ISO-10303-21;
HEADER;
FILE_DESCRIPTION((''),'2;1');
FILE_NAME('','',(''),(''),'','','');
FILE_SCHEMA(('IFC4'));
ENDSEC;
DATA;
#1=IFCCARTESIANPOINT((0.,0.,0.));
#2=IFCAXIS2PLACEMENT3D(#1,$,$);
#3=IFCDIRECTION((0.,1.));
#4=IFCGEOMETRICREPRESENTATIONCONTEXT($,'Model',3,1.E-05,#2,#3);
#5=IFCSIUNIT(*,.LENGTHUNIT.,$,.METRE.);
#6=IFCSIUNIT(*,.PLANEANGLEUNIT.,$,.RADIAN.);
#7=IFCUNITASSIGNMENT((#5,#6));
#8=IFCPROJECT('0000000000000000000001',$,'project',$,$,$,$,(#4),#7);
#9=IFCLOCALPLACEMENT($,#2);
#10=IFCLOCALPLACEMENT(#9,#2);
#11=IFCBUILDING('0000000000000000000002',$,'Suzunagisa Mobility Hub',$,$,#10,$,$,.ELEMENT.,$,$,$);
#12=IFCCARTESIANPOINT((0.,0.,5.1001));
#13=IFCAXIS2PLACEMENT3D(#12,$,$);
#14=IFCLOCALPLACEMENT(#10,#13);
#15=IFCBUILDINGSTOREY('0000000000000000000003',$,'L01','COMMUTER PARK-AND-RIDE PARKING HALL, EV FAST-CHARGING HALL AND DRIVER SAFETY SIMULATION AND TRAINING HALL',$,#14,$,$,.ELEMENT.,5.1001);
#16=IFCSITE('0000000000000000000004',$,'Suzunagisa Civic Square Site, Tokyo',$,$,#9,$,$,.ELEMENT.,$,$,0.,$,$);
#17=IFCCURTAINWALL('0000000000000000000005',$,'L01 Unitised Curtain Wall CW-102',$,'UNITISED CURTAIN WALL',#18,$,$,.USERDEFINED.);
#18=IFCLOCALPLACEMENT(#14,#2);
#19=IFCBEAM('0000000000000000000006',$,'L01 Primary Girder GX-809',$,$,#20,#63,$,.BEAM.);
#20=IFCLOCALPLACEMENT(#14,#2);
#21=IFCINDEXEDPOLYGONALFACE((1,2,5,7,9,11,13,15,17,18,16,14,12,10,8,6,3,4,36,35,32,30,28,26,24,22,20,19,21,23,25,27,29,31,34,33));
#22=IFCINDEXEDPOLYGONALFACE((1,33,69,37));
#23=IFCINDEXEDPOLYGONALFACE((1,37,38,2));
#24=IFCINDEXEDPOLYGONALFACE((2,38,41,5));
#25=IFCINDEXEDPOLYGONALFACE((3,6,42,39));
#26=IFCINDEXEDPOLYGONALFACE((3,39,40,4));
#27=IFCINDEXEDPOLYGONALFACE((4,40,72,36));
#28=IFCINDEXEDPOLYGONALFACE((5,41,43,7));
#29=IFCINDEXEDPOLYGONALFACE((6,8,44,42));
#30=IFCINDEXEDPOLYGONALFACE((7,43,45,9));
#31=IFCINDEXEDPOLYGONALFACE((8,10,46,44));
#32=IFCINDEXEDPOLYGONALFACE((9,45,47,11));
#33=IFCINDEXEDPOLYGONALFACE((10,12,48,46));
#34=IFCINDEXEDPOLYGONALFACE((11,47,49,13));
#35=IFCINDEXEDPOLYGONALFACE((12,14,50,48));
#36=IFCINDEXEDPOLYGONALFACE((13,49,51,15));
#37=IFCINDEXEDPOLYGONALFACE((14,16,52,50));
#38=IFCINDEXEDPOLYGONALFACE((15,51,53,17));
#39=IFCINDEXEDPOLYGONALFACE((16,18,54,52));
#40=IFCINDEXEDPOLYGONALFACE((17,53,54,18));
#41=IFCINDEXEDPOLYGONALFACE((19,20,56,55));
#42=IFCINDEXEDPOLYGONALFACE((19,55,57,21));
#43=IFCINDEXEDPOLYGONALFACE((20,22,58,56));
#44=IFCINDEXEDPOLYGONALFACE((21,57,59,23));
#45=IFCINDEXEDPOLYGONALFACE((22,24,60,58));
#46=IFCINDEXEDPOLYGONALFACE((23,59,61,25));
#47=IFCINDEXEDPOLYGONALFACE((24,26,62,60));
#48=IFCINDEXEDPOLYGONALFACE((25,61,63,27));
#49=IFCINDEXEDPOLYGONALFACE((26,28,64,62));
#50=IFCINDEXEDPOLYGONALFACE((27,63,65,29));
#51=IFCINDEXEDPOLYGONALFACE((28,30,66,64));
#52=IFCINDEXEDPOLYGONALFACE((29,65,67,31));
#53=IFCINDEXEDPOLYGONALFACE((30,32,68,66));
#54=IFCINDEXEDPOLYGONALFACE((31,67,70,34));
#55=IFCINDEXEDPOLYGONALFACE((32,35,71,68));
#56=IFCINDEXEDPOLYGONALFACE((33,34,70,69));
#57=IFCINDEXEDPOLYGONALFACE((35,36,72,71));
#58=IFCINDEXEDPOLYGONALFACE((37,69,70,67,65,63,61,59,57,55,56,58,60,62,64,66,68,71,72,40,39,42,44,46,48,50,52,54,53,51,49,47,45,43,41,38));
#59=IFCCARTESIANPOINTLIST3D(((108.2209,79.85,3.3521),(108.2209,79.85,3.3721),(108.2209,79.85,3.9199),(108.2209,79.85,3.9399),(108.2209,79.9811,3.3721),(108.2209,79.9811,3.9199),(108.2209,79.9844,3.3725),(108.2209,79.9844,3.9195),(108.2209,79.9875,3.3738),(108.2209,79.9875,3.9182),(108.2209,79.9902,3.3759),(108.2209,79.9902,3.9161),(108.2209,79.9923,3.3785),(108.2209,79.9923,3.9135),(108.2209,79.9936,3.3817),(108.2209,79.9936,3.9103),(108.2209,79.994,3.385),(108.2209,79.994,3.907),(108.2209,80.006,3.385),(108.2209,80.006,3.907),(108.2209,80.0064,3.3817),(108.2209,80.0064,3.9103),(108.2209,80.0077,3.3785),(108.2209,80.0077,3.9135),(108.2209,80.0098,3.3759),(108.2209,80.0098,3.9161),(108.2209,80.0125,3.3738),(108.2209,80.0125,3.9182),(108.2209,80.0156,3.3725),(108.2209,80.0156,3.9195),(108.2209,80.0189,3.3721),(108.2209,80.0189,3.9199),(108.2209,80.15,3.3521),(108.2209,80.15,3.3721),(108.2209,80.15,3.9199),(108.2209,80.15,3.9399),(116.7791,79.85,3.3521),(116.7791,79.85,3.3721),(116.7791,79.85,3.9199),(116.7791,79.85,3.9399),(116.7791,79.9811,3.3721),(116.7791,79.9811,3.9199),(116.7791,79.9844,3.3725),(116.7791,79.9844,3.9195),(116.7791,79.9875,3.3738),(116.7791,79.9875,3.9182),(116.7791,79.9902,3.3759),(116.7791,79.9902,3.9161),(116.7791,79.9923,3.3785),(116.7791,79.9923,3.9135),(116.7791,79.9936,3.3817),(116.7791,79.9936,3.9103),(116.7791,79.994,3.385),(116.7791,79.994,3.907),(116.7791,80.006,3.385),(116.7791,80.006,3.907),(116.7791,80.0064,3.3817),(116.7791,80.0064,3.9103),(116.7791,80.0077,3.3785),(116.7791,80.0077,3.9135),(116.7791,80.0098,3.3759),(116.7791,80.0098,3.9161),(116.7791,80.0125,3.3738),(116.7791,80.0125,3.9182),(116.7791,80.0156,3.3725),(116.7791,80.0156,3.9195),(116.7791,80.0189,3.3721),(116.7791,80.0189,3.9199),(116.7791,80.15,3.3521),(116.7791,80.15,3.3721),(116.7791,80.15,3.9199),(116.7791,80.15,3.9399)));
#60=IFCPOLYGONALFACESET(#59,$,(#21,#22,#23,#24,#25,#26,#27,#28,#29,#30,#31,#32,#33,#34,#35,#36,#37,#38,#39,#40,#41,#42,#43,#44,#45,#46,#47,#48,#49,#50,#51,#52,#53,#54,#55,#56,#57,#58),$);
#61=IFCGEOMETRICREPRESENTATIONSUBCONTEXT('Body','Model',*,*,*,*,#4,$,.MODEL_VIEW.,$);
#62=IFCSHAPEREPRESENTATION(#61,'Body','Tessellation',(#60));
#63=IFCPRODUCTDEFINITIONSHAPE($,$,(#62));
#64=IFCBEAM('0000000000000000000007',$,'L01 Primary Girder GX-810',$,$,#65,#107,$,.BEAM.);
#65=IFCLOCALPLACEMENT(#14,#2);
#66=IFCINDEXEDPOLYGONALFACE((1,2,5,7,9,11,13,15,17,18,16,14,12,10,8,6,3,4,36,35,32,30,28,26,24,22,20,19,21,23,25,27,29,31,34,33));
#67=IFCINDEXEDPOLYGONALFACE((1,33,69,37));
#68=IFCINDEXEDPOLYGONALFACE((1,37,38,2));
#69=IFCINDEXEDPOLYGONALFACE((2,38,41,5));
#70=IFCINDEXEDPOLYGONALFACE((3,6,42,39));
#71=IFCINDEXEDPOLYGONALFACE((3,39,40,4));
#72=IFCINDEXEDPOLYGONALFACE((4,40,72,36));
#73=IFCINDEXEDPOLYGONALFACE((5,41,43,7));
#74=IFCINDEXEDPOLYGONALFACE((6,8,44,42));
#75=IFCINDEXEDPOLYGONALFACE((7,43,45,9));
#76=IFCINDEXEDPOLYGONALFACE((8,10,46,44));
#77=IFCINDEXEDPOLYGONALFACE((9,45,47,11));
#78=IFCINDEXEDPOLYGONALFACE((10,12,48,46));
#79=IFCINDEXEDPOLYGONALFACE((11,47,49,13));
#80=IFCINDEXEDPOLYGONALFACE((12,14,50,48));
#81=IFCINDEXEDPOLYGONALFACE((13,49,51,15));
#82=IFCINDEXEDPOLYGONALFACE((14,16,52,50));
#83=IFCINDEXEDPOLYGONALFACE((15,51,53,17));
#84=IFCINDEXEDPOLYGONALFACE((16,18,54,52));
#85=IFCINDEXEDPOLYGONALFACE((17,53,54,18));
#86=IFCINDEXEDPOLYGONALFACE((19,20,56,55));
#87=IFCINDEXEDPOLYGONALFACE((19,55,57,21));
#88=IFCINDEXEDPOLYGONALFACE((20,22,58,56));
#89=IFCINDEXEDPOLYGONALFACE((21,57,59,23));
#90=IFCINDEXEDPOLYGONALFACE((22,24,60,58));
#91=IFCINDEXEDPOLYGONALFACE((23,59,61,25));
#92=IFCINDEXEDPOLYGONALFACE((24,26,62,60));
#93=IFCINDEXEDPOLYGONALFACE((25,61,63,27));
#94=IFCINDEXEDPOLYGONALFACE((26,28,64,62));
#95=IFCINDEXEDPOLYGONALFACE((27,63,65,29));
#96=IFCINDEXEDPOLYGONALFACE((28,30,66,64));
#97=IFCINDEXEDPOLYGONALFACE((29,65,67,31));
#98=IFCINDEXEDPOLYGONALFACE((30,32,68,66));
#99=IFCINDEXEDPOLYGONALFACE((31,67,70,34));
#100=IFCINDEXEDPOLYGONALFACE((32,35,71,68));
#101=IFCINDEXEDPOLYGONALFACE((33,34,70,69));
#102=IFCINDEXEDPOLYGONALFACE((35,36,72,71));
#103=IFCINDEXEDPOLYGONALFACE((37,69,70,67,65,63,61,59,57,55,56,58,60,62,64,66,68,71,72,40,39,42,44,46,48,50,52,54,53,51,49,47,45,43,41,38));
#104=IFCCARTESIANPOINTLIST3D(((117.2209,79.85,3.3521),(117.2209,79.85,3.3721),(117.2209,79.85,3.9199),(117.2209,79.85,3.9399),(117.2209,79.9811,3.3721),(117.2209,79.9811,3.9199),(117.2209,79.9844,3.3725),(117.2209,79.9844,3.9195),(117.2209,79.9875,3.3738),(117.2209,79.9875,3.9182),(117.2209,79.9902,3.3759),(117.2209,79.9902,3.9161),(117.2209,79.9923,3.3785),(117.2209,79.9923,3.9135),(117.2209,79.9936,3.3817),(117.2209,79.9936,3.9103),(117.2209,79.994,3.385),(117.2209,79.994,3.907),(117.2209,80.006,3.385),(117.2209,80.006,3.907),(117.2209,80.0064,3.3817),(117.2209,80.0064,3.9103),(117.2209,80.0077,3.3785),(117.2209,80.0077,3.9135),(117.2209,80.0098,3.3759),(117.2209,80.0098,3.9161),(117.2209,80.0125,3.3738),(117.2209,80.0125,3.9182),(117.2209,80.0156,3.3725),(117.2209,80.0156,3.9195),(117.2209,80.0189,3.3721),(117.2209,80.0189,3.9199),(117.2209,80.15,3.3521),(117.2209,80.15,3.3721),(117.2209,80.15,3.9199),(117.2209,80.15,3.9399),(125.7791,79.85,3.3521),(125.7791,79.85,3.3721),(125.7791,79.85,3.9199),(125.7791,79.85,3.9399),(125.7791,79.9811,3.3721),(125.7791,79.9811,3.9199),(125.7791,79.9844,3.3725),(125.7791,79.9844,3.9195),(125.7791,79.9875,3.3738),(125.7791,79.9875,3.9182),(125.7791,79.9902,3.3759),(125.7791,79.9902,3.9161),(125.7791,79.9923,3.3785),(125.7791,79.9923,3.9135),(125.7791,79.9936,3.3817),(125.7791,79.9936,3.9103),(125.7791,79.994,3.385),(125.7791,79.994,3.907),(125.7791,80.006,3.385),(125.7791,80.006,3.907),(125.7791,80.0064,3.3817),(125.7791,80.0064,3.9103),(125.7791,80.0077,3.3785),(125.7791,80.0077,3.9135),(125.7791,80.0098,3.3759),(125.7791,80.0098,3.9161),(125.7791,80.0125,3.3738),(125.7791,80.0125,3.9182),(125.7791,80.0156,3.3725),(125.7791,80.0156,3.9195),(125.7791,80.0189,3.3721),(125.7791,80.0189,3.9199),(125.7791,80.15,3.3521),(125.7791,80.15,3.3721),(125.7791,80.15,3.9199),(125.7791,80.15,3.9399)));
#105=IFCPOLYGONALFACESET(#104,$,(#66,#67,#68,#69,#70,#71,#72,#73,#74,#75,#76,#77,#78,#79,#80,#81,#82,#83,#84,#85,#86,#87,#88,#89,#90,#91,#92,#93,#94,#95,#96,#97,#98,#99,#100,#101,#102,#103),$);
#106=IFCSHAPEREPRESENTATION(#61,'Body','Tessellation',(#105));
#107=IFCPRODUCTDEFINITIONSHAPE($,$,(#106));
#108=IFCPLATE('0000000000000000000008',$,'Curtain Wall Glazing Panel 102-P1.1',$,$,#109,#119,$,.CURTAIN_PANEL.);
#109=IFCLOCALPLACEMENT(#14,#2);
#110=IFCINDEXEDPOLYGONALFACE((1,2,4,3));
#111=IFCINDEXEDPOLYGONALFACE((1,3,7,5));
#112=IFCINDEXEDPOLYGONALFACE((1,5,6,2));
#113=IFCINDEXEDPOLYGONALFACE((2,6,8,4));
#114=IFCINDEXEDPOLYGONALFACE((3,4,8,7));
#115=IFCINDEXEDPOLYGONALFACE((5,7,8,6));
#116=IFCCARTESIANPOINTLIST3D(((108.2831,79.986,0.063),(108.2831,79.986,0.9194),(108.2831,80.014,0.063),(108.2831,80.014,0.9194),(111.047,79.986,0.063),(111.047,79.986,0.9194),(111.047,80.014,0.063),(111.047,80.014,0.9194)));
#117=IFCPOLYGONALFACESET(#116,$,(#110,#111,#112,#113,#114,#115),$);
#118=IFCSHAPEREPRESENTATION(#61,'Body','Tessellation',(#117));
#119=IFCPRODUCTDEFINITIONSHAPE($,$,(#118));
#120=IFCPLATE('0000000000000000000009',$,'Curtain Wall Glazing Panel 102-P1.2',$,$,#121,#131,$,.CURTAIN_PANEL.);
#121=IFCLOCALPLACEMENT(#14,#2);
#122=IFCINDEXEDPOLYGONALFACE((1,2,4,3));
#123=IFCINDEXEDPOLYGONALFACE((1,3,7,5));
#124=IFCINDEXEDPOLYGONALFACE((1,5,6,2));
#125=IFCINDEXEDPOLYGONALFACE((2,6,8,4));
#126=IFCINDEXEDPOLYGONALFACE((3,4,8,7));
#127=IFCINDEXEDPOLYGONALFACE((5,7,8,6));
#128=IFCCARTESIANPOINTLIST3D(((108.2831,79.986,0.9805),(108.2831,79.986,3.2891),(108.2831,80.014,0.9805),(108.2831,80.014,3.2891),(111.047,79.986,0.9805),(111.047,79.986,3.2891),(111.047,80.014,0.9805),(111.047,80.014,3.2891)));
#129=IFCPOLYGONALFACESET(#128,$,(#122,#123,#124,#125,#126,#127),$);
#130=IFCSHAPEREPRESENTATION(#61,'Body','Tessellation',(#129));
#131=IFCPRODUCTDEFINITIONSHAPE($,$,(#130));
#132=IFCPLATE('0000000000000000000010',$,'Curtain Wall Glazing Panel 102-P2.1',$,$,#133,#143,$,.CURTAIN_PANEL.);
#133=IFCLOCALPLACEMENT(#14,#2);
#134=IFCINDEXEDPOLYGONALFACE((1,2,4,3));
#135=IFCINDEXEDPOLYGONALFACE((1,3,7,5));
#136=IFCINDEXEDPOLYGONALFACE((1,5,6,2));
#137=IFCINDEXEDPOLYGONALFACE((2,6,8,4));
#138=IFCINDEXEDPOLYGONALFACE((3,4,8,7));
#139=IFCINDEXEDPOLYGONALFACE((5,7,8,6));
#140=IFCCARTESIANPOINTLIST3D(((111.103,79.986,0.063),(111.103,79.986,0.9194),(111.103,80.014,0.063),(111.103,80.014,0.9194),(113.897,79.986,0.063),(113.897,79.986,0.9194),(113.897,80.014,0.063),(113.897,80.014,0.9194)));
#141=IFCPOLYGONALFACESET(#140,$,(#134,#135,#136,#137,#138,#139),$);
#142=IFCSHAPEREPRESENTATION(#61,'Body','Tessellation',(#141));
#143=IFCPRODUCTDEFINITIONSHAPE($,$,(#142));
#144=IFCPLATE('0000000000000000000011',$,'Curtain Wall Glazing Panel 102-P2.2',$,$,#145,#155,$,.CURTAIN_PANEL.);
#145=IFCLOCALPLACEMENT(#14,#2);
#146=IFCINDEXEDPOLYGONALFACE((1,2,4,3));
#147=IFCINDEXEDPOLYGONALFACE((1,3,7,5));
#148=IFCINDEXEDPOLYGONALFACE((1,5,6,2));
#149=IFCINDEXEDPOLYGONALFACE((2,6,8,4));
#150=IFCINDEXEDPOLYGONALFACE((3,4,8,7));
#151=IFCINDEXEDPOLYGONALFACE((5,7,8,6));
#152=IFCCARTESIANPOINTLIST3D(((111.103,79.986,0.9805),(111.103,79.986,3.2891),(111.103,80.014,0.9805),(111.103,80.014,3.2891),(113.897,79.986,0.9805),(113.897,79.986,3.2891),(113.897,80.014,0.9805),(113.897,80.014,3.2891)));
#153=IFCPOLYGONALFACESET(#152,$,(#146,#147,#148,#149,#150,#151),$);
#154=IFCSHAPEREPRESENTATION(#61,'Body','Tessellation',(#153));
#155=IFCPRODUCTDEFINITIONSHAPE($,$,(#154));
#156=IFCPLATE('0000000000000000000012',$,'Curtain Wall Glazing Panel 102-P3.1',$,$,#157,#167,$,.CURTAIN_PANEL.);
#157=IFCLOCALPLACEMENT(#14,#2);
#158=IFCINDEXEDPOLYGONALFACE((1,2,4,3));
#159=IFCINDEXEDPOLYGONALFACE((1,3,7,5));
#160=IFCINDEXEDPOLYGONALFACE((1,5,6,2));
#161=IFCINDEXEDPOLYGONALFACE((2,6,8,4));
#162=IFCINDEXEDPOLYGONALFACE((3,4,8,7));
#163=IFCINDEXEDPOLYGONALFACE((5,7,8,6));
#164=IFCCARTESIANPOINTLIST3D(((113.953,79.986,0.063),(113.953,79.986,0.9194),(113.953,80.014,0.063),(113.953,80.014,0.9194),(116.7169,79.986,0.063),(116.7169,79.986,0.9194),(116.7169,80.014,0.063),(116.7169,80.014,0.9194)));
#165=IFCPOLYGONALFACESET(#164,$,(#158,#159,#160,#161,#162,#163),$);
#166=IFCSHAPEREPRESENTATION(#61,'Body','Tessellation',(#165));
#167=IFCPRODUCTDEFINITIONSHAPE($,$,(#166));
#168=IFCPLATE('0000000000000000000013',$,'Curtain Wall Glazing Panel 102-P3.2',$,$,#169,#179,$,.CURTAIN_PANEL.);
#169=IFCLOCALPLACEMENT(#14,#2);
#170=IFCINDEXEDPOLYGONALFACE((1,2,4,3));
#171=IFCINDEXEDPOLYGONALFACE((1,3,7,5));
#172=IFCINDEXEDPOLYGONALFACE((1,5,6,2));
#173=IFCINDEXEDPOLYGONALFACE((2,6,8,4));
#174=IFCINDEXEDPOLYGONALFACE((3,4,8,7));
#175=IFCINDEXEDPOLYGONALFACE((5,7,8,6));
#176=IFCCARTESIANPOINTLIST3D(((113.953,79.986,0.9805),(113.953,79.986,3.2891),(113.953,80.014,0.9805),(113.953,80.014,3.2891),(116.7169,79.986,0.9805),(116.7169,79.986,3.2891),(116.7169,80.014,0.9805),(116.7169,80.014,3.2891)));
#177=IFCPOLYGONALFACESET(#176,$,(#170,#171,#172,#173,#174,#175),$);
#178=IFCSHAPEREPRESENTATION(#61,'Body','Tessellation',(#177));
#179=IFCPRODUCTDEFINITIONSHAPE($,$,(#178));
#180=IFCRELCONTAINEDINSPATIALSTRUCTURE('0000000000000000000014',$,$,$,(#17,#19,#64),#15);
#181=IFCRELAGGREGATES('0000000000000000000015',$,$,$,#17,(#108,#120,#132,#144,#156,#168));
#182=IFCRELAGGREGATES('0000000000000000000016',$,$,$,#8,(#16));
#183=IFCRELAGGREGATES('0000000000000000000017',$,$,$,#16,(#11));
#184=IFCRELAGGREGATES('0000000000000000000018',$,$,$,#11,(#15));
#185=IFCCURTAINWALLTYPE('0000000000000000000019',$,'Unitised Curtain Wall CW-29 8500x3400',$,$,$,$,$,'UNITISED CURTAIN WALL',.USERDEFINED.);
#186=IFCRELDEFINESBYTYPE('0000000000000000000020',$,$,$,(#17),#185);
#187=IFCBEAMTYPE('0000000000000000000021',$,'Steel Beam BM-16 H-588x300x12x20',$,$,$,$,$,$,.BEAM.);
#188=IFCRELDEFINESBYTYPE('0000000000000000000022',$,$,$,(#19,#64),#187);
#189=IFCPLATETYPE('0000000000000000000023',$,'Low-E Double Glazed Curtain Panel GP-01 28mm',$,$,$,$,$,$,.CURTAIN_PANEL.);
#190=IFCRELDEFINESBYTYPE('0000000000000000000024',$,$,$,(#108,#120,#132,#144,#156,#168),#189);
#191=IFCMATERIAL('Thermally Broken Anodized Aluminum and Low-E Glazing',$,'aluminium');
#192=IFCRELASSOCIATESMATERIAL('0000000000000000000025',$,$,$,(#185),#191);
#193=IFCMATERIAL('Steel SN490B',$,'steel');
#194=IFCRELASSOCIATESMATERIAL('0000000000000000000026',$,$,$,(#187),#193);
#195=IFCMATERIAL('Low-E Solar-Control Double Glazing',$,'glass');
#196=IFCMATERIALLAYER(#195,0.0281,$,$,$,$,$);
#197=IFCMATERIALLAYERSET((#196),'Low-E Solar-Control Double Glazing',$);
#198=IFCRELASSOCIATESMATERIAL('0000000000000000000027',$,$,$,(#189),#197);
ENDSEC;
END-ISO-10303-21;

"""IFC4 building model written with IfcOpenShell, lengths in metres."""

from ifc_helpers import new_model, si_unit, direction, frame, origin, origin_2d, place, context, subcontext, project, spatial, rectangle, i_section, extrude, material, layer, layer_set, material_profile, profile_set, type_object, element, aggregate, save


model = new_model("IFC4")

# Units and contexts
model_context = context("Model", 3, precision=1e-05, world=origin(), true_north=direction((0.0, 1.0)))
body_context = subcontext(model_context, "Body", "Model", "MODEL_VIEW")
ifc_project = project(units=[si_unit("LENGTHUNIT", "METRE"), si_unit("PLANEANGLEUNIT", "RADIAN")], contexts=[model_context])

# Site, building, storey
site_placement = place(None, origin())
site = spatial("IfcSite", under=ifc_project, at=site_placement, Name="Suzunagisa Civic Square Site, Tokyo", CompositionType="ELEMENT", RefElevation=0.0)
building_placement = place(site_placement, origin())
building = spatial("IfcBuilding", under=site, at=building_placement, Name="Suzunagisa Mobility Hub", CompositionType="ELEMENT")
storey_placement = place(building_placement, frame((0.0, 0.0, 5.1001)))
storey = spatial("IfcBuildingStorey", under=building, at=storey_placement, Name="L01", Description="COMMUTER PARK-AND-RIDE PARKING HALL, EV FAST-CHARGING HALL AND DRIVER SAFETY SIMULATION AND TRAINING HALL", CompositionType="ELEMENT", Elevation=5.1001)

# Shared definitions
ifc_material_1 = material(Name="Steel SN490B", Category="steel")

# Curtain wall
ifc_material_2 = material(Name="Thermally Broken Anodized Aluminum and Low-E Glazing", Category="aluminium")
curtain_wall_type_1 = type_object("IfcCurtainWallType", Name="Unitised Curtain Wall CW-29 8500x3400", ElementType="UNITISED CURTAIN WALL", PredefinedType="USERDEFINED", material=ifc_material_2)
curtain_wall_1_placement = place(storey_placement, origin())
curtain_wall_1 = element("IfcCurtainWall", 1, at=curtain_wall_1_placement, inside=storey, type_object=curtain_wall_type_1, Name="L01 Unitised Curtain Wall CW-102", ObjectType="UNITISED CURTAIN WALL", PredefinedType="USERDEFINED")

# Beams
ifc_material_profile_1 = material_profile(ifc_material_1, i_section(OverallWidth=0.3, OverallDepth=0.5879, WebThickness=0.012, FlangeThickness=0.02, FilletRadius=0.0129, at=origin_2d()), Name="H-588x300x12x20")
ifc_profile_set_1 = profile_set([ifc_material_profile_1], Name="Steel SN490B")
beam_type_1 = type_object("IfcBeamType", Name="Steel Beam BM-16 H-588x300x12x20", PredefinedType="BEAM", material=ifc_profile_set_1)
for number, where, z_axis, x_axis, name in (
    (2, (108.2209, 80.0, 3.646), (1.0, 0.0, 0.0), (0.0, 1.0, 0.0), "L01 Primary Girder GX-809"),
    (3, (117.2209, 80.0, 3.646), (1.0, 0.0, 0.0), (0.0, 1.0, 0.0), "L01 Primary Girder GX-810"),
):
    element("IfcBeam", number, at=place(storey_placement, frame(where, z_axis=z_axis, x_axis=x_axis)), inside=storey, type_object=beam_type_1, Name=name, PredefinedType="BEAM", context=body_context, shape_type="SweptSolid", body=[
        extrude(i_section(OverallWidth=0.3, OverallDepth=0.5879, WebThickness=0.012, FlangeThickness=0.02, FilletRadius=0.0129, at=origin_2d()), origin(), (0.0, 0.0, 1.0), 8.5581),
    ])

# Plates
ifc_material_3 = material(Name="Low-E Solar-Control Double Glazing", Category="glass")
ifc_layer_1 = layer(ifc_material_3, 0.0281)
ifc_layer_set_1 = layer_set([ifc_layer_1], Name="Low-E Solar-Control Double Glazing")
plate_type = type_object("IfcPlateType", Name="Low-E Double Glazed Curtain Panel GP-01 28mm", PredefinedType="CURTAIN_PANEL", material=ifc_layer_set_1)
plate_1_placement = place(storey_placement, frame((109.665, 80.0, 0.063), z_axis=(0.0, 0.0, 1.0), x_axis=(1.0, 0.0, 0.0)))
plate_1 = element("IfcPlate", 4, at=plate_1_placement, type_object=plate_type, Name="Curtain Wall Glazing Panel 102-P1.1", PredefinedType="CURTAIN_PANEL", context=body_context, shape_type="SweptSolid", body=[
    extrude(rectangle(XDim=2.7639, YDim=0.0281, at=origin_2d()), origin(), (0.0, 0.0, 1.0), 0.8564),
])
plate_2_placement = place(storey_placement, frame((109.665, 80.0, 0.9805), z_axis=(0.0, 0.0, 1.0), x_axis=(1.0, 0.0, 0.0)))
plate_2 = element("IfcPlate", 5, at=plate_2_placement, type_object=plate_type, Name="Curtain Wall Glazing Panel 102-P1.2", PredefinedType="CURTAIN_PANEL", context=body_context, shape_type="SweptSolid", body=[
    extrude(rectangle(XDim=2.7639, YDim=0.0281, at=origin_2d()), origin(), (0.0, 0.0, 1.0), 2.3086),
])
plate_3_placement = place(storey_placement, frame((112.5, 80.0, 0.063), z_axis=(0.0, 0.0, 1.0), x_axis=(1.0, 0.0, 0.0)))
plate_3 = element("IfcPlate", 6, at=plate_3_placement, type_object=plate_type, Name="Curtain Wall Glazing Panel 102-P2.1", PredefinedType="CURTAIN_PANEL", context=body_context, shape_type="SweptSolid", body=[
    extrude(rectangle(XDim=2.7939, YDim=0.0281, at=origin_2d()), origin(), (0.0, 0.0, 1.0), 0.8564),
])
plate_4_placement = place(storey_placement, frame((112.5, 80.0, 0.9805), z_axis=(0.0, 0.0, 1.0), x_axis=(1.0, 0.0, 0.0)))
plate_4 = element("IfcPlate", 7, at=plate_4_placement, type_object=plate_type, Name="Curtain Wall Glazing Panel 102-P2.2", PredefinedType="CURTAIN_PANEL", context=body_context, shape_type="SweptSolid", body=[
    extrude(rectangle(XDim=2.7939, YDim=0.0281, at=origin_2d()), origin(), (0.0, 0.0, 1.0), 2.3086),
])
plate_5_placement = place(storey_placement, frame((115.335, 80.0, 0.063), z_axis=(0.0, 0.0, 1.0), x_axis=(1.0, 0.0, 0.0)))
plate_5 = element("IfcPlate", 8, at=plate_5_placement, type_object=plate_type, Name="Curtain Wall Glazing Panel 102-P3.1", PredefinedType="CURTAIN_PANEL", context=body_context, shape_type="SweptSolid", body=[
    extrude(rectangle(XDim=2.7639, YDim=0.0281, at=origin_2d()), origin(), (0.0, 0.0, 1.0), 0.8564),
])
plate_6_placement = place(storey_placement, frame((115.335, 80.0, 0.9805), z_axis=(0.0, 0.0, 1.0), x_axis=(1.0, 0.0, 0.0)))
plate_6 = element("IfcPlate", 9, at=plate_6_placement, type_object=plate_type, Name="Curtain Wall Glazing Panel 102-P3.2", PredefinedType="CURTAIN_PANEL", context=body_context, shape_type="SweptSolid", body=[
    extrude(rectangle(XDim=2.7639, YDim=0.0281, at=origin_2d()), origin(), (0.0, 0.0, 1.0), 2.3086),
])
aggregate(curtain_wall_1, [plate_1, plate_2, plate_3, plate_4, plate_5, plate_6])

save(model, "model.ifc")
